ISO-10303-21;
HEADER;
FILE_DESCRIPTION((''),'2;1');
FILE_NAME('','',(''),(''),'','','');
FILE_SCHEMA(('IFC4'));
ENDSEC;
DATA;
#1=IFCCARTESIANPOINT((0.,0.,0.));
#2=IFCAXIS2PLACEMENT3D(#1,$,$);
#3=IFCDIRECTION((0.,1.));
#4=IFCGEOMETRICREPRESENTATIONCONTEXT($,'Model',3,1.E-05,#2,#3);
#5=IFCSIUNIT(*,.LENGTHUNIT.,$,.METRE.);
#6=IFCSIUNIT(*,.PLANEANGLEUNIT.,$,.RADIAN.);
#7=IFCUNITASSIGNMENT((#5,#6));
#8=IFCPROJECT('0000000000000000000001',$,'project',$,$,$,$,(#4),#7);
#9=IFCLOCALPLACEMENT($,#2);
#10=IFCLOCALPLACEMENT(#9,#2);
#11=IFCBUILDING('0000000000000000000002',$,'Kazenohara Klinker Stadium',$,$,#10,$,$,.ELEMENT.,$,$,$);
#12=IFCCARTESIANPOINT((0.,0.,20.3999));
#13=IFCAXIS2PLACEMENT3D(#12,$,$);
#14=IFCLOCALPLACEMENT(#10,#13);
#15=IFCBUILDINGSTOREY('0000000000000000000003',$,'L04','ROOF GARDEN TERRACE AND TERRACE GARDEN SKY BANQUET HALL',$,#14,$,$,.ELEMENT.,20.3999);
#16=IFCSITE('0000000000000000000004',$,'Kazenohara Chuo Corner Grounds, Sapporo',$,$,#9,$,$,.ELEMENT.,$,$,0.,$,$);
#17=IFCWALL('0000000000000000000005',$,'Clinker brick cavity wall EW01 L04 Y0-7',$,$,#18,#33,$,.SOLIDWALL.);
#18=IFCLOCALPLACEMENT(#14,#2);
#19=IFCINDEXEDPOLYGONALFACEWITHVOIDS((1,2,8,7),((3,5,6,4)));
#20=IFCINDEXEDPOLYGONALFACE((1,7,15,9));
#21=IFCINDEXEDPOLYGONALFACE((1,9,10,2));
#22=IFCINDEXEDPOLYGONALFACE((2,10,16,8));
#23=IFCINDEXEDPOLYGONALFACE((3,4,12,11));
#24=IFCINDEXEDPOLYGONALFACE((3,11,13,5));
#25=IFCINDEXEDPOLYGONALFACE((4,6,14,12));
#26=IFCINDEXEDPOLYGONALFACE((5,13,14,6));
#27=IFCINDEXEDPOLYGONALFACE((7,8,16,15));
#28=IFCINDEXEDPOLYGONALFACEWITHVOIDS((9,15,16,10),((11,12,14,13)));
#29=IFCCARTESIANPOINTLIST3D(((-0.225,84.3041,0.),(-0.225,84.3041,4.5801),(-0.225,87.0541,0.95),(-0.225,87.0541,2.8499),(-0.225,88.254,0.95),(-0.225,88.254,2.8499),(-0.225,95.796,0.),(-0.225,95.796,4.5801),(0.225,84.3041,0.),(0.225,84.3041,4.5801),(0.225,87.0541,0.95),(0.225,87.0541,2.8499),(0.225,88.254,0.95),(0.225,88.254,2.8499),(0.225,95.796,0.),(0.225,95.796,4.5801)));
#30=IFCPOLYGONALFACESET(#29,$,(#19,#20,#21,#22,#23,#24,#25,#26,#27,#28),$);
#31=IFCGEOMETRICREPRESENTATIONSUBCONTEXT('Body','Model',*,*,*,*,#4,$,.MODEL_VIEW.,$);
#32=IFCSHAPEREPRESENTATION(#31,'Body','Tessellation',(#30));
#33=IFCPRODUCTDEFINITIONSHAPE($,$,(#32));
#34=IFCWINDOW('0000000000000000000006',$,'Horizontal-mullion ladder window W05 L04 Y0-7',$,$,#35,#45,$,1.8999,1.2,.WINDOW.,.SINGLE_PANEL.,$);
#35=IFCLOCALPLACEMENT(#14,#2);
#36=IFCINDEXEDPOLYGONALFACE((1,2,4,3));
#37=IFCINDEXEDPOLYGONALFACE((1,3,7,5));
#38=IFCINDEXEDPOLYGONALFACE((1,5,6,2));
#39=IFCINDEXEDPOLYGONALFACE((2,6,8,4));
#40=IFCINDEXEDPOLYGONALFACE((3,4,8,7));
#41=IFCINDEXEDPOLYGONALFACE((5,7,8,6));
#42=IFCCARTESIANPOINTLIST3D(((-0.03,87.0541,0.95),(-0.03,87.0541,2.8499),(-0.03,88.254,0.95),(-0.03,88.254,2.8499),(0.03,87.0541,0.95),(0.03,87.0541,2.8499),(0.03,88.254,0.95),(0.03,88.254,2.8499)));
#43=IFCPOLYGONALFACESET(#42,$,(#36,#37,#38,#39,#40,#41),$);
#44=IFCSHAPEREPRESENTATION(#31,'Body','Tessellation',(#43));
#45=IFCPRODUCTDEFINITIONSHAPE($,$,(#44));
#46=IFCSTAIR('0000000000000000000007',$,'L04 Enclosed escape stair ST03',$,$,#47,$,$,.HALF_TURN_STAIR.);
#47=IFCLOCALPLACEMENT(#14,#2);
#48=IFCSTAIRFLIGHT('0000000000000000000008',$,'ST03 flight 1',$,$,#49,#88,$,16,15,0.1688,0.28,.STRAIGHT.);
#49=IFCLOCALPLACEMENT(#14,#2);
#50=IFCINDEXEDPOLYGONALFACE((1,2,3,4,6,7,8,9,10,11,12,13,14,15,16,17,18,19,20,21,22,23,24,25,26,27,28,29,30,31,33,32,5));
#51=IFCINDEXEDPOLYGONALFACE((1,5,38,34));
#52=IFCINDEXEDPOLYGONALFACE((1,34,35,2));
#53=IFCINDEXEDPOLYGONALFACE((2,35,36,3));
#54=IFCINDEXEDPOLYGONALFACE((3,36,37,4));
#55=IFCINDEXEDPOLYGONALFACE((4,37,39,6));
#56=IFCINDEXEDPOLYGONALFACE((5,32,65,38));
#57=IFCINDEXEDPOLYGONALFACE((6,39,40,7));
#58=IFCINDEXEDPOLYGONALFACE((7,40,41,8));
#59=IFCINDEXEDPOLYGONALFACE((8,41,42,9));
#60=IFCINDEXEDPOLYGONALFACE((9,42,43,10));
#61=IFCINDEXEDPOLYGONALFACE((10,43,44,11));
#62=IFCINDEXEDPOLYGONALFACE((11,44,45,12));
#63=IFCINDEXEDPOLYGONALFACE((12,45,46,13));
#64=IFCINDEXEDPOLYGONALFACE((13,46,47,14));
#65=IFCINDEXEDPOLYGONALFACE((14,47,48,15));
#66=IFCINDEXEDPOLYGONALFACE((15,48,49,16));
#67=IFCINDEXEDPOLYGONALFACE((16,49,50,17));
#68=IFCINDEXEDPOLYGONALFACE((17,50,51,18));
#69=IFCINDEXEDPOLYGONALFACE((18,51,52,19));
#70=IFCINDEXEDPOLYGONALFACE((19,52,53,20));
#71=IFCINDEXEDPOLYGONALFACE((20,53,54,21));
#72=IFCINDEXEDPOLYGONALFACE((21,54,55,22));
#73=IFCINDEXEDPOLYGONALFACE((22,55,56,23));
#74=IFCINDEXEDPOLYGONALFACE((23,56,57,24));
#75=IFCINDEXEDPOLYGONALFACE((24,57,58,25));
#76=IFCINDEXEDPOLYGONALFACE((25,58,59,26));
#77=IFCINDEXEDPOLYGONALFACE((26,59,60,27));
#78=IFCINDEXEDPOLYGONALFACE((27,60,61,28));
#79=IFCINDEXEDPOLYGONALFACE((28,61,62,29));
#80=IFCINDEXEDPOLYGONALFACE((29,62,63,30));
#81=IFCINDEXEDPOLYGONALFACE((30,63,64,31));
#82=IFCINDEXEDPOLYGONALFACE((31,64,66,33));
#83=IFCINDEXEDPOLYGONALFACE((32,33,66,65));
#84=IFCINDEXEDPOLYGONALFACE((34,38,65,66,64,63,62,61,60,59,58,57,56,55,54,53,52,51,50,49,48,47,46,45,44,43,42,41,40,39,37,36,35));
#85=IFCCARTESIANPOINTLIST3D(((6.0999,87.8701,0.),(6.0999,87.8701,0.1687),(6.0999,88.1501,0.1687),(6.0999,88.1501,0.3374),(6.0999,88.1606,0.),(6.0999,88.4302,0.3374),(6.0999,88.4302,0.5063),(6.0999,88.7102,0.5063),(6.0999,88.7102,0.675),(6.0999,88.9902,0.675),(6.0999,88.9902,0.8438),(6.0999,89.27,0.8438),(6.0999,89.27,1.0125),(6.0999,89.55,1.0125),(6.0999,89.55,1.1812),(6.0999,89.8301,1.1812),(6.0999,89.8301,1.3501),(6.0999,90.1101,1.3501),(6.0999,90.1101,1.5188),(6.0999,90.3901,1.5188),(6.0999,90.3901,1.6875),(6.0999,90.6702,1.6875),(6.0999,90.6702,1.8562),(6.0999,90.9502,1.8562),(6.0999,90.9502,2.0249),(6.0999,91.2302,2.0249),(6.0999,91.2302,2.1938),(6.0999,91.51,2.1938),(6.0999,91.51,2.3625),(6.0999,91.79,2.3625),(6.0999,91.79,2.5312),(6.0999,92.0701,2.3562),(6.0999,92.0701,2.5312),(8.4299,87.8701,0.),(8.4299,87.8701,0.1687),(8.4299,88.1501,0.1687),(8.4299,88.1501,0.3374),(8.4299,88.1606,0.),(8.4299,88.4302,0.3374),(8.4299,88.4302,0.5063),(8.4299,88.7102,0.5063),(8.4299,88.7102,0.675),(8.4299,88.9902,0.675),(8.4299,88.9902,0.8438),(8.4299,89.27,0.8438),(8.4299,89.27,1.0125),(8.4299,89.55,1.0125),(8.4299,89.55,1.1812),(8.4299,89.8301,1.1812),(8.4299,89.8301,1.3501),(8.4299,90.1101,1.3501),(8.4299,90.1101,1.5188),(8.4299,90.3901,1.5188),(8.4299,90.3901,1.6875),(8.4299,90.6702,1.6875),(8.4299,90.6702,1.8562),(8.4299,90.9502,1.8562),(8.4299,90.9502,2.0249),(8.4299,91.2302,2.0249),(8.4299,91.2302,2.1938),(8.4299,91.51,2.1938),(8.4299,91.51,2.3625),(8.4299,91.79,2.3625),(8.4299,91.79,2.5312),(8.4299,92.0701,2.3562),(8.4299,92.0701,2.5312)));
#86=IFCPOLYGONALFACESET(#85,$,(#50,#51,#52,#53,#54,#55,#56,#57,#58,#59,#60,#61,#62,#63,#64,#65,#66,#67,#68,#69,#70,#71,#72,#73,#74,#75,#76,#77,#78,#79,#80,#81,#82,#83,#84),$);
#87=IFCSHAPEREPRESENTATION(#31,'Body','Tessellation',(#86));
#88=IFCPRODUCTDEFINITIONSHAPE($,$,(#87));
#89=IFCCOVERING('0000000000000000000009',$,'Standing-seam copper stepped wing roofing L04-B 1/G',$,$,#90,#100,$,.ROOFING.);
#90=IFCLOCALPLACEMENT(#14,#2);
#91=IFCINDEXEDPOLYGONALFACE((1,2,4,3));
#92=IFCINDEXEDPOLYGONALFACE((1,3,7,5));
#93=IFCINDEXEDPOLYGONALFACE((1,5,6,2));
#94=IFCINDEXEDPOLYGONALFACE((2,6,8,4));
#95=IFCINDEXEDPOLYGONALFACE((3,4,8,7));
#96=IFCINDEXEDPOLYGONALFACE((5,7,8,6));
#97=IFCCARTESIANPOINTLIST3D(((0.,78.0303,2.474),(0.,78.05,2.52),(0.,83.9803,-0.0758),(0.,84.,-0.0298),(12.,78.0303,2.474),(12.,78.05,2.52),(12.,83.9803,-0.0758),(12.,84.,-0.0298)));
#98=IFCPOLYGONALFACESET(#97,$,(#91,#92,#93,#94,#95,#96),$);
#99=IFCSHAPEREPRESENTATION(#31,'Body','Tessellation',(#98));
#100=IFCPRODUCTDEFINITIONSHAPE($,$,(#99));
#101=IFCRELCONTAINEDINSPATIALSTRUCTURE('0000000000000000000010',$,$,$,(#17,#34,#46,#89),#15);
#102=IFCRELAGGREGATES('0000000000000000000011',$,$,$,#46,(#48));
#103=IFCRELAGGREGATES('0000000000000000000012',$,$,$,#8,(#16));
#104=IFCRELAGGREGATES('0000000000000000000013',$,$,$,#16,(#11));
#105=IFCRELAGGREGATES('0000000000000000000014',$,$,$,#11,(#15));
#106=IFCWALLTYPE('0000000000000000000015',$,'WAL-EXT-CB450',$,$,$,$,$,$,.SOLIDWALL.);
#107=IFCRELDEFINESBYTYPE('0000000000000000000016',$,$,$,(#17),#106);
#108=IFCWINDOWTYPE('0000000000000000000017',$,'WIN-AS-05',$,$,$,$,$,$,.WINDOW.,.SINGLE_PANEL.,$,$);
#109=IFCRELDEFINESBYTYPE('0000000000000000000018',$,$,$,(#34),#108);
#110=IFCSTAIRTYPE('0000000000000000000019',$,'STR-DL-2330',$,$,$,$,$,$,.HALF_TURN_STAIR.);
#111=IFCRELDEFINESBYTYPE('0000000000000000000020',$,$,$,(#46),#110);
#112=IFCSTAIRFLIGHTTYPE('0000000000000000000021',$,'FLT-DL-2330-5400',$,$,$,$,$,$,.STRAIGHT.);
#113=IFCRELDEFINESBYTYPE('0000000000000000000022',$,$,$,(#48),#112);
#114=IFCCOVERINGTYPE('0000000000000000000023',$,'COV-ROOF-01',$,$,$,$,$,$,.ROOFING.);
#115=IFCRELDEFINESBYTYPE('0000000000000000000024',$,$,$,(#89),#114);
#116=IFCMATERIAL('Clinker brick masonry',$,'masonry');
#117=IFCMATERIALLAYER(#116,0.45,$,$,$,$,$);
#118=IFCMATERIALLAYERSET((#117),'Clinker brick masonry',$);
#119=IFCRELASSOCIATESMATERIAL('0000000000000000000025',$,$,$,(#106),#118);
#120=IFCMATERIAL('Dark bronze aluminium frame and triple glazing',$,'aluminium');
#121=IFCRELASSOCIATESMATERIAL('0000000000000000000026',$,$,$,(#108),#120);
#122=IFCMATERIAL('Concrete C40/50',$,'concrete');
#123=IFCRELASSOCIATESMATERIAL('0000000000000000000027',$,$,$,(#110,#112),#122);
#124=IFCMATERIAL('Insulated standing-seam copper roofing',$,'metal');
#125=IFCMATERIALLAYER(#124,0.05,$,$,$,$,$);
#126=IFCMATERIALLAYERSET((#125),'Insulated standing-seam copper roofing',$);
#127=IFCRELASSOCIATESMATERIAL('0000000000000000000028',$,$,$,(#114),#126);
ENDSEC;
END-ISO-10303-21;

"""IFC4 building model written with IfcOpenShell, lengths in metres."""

from ifc_helpers import new_model, si_unit, direction, frame, frame_2d, origin, place, context, subcontext, project, spatial, polyline, rectangle, outline, extrude, material, layer, layer_set, type_object, element, fill, aggregate, save


model = new_model("IFC4")

# Units and contexts
model_context = context("Model", 3, precision=1e-05, world=origin(), true_north=direction((0.0, 1.0)))
body_context = subcontext(model_context, "Body", "Model", "MODEL_VIEW")
ifc_project = project(units=[si_unit("LENGTHUNIT", "METRE"), si_unit("PLANEANGLEUNIT", "RADIAN")], contexts=[model_context])

# Site, building, storey
site_placement = place(None, origin())
site = spatial("IfcSite", under=ifc_project, at=site_placement, Name="Kazenohara Chuo Corner Grounds, Sapporo", CompositionType="ELEMENT", RefElevation=0.0)
building_placement = place(site_placement, origin())
building = spatial("IfcBuilding", under=site, at=building_placement, Name="Kazenohara Klinker Stadium", CompositionType="ELEMENT")
storey_placement = place(building_placement, frame((0.0, 0.0, 20.3999)))
storey = spatial("IfcBuildingStorey", under=building, at=storey_placement, Name="L04", Description="ROOF GARDEN TERRACE AND TERRACE GARDEN SKY BANQUET HALL", CompositionType="ELEMENT", Elevation=20.3999)

# Shared definitions
ifc_material_1 = material(Name="Concrete C40/50", Category="concrete")

# Wall, opening, window
ifc_material_2 = material(Name="Clinker brick masonry", Category="masonry")
ifc_material_3 = material(Name="Dark bronze aluminium frame and triple glazing", Category="aluminium")
ifc_layer_1 = layer(ifc_material_2, 0.45)
ifc_layer_set_1 = layer_set([ifc_layer_1], Name="Clinker brick masonry")
wall_type_1 = type_object("IfcWallType", Name="WAL-EXT-CB450", PredefinedType="SOLIDWALL", material=ifc_layer_set_1)
wall_1_placement = place(storey_placement, frame((0.0, 84.304, 0.0), z_axis=(0.0, 0.0, 1.0), x_axis=(0.0, 1.0, 0.0)))
wall_1 = element("IfcWall", 1, at=wall_1_placement, inside=storey, type_object=wall_type_1, Name="Clinker brick cavity wall EW01 L04 Y0-7", PredefinedType="SOLIDWALL", context=body_context, shape_type="SweptSolid", body=[
    extrude(rectangle(XDim=11.4919, YDim=0.45, at=frame_2d((5.7461, 0.0))), origin(), (0.0, 0.0, 1.0), 4.5801),
])
opening_1_placement = place(wall_1_placement, frame((2.75, 0.0, 0.95)))
opening_1 = element("IfcOpeningElement", 2, at=opening_1_placement, cuts=wall_1, PredefinedType="OPENING", context=body_context, shape_type="SweptSolid", body=[
    extrude(rectangle(XDim=1.2, YDim=1.8999, at=frame_2d((0.6001, 0.95))), frame((0.0, 0.2349, 0.0), z_axis=(0.0, -1.0, 0.0), x_axis=(1.0, 0.0, 0.0)), (0.0, 0.0, 1.0), 0.47),
])
window_type_1 = type_object("IfcWindowType", Name="WIN-AS-05", PartitioningType="SINGLE_PANEL", PredefinedType="WINDOW", material=ifc_material_3)
window_1_placement = place(opening_1_placement, origin())
window_1 = element("IfcWindow", 3, at=window_1_placement, inside=storey, type_object=window_type_1, Name="Horizontal-mullion ladder window W05 L04 Y0-7", OverallHeight=1.8999, OverallWidth=1.2, PartitioningType="SINGLE_PANEL", PredefinedType="WINDOW", context=body_context, shape_type="SweptSolid", body=[
    extrude(rectangle(XDim=1.2, YDim=1.8999, at=frame_2d((0.6001, 0.95))), frame((0.0, 0.03, 0.0), z_axis=(0.0, -1.0, 0.0), x_axis=(1.0, 0.0, 0.0)), (0.0, 0.0, 1.0), 0.0601),
])
fill(opening_1, window_1)

# Stair, stair flight
stair_type = type_object("IfcStairType", Name="STR-DL-2330", PredefinedType="HALF_TURN_STAIR", material=ifc_material_1)
stair_placement = place(storey_placement, origin())
stair = element("IfcStair", 4, at=stair_placement, inside=storey, type_object=stair_type, Name="L04 Enclosed escape stair ST03", PredefinedType="HALF_TURN_STAIR")
stair_flight_type = type_object("IfcStairFlightType", Name="FLT-DL-2330-5400", PredefinedType="STRAIGHT", material=ifc_material_1)
stair_flight_placement = place(storey_placement, frame((7.2649, 87.8701, 0.0), z_axis=(0.0, 0.0, 1.0), x_axis=(0.0, 1.0, 0.0)))
stair_flight = element("IfcStairFlight", 5, at=stair_flight_placement, type_object=stair_flight_type, Name="ST03 flight 1", NumberOfRisers=16, NumberOfTreads=15, PredefinedType="STRAIGHT", RiserHeight=0.1688, TreadLength=0.28, context=body_context, shape_type="SweptSolid", body=[
    extrude(outline(polyline([(0.0, 0.0), (0.0, 0.1687), (0.28, 0.1687), (0.28, 0.3374), (0.5601, 0.3374), (0.5601, 0.5063), (0.8401, 0.5063), (0.8401, 0.675), (1.1201, 0.675), (1.1201, 0.8438), (1.3999, 0.8438), (1.3999, 1.0125), (1.6799, 1.0125), (1.6799, 1.1812), (1.96, 1.1812), (1.96, 1.3501), (2.24, 1.3501), (2.24, 1.5188), (2.52, 1.5188), (2.52, 1.6875), (2.8, 1.6875), (2.8, 1.8562), (3.0801, 1.8562), (3.0801, 2.0249), (3.3601, 2.0249), (3.3601, 2.1938), (3.6399, 2.1938), (3.6399, 2.3625), (3.9199, 2.3625), (3.9199, 2.5312), (4.2, 2.5312), (4.2, 2.7), (4.2, 2.3562), (0.2905, 0.0), (0.0, 0.0)])), frame((0.0, 1.165, 0.0), z_axis=(0.0, -1.0, 0.0), x_axis=(1.0, 0.0, 0.0)), (0.0, 0.0, 1.0), 2.3301),
])
aggregate(stair, [stair_flight])

# Covering
ifc_material_4 = material(Name="Insulated standing-seam copper roofing", Category="metal")
ifc_layer_2 = layer(ifc_material_4, 0.05)
ifc_layer_set_2 = layer_set([ifc_layer_2], Name="Insulated standing-seam copper roofing")
covering_type = type_object("IfcCoveringType", Name="COV-ROOF-01", PredefinedType="ROOFING", material=ifc_layer_set_2)
covering_placement = place(storey_placement, frame((0.0, 78.05, 2.52), z_axis=(0.0, 0.393897, 0.919155), x_axis=(1.0, 0.0, 0.0)))
element("IfcCovering", 6, at=covering_placement, inside=storey, type_object=covering_type, Name="Standing-seam copper stepped wing roofing L04-B 1/G", PredefinedType="ROOFING", context=body_context, shape_type="SweptSolid", body=[
    extrude(outline(polyline([(0.0, 0.0), (12.0, 0.0), (12.0, 6.4733), (0.0, 6.4733), (0.0, 0.0)])), origin(), (0.0, 0.0, -1.0), 0.05),
])

save(model, "model.ifc")
